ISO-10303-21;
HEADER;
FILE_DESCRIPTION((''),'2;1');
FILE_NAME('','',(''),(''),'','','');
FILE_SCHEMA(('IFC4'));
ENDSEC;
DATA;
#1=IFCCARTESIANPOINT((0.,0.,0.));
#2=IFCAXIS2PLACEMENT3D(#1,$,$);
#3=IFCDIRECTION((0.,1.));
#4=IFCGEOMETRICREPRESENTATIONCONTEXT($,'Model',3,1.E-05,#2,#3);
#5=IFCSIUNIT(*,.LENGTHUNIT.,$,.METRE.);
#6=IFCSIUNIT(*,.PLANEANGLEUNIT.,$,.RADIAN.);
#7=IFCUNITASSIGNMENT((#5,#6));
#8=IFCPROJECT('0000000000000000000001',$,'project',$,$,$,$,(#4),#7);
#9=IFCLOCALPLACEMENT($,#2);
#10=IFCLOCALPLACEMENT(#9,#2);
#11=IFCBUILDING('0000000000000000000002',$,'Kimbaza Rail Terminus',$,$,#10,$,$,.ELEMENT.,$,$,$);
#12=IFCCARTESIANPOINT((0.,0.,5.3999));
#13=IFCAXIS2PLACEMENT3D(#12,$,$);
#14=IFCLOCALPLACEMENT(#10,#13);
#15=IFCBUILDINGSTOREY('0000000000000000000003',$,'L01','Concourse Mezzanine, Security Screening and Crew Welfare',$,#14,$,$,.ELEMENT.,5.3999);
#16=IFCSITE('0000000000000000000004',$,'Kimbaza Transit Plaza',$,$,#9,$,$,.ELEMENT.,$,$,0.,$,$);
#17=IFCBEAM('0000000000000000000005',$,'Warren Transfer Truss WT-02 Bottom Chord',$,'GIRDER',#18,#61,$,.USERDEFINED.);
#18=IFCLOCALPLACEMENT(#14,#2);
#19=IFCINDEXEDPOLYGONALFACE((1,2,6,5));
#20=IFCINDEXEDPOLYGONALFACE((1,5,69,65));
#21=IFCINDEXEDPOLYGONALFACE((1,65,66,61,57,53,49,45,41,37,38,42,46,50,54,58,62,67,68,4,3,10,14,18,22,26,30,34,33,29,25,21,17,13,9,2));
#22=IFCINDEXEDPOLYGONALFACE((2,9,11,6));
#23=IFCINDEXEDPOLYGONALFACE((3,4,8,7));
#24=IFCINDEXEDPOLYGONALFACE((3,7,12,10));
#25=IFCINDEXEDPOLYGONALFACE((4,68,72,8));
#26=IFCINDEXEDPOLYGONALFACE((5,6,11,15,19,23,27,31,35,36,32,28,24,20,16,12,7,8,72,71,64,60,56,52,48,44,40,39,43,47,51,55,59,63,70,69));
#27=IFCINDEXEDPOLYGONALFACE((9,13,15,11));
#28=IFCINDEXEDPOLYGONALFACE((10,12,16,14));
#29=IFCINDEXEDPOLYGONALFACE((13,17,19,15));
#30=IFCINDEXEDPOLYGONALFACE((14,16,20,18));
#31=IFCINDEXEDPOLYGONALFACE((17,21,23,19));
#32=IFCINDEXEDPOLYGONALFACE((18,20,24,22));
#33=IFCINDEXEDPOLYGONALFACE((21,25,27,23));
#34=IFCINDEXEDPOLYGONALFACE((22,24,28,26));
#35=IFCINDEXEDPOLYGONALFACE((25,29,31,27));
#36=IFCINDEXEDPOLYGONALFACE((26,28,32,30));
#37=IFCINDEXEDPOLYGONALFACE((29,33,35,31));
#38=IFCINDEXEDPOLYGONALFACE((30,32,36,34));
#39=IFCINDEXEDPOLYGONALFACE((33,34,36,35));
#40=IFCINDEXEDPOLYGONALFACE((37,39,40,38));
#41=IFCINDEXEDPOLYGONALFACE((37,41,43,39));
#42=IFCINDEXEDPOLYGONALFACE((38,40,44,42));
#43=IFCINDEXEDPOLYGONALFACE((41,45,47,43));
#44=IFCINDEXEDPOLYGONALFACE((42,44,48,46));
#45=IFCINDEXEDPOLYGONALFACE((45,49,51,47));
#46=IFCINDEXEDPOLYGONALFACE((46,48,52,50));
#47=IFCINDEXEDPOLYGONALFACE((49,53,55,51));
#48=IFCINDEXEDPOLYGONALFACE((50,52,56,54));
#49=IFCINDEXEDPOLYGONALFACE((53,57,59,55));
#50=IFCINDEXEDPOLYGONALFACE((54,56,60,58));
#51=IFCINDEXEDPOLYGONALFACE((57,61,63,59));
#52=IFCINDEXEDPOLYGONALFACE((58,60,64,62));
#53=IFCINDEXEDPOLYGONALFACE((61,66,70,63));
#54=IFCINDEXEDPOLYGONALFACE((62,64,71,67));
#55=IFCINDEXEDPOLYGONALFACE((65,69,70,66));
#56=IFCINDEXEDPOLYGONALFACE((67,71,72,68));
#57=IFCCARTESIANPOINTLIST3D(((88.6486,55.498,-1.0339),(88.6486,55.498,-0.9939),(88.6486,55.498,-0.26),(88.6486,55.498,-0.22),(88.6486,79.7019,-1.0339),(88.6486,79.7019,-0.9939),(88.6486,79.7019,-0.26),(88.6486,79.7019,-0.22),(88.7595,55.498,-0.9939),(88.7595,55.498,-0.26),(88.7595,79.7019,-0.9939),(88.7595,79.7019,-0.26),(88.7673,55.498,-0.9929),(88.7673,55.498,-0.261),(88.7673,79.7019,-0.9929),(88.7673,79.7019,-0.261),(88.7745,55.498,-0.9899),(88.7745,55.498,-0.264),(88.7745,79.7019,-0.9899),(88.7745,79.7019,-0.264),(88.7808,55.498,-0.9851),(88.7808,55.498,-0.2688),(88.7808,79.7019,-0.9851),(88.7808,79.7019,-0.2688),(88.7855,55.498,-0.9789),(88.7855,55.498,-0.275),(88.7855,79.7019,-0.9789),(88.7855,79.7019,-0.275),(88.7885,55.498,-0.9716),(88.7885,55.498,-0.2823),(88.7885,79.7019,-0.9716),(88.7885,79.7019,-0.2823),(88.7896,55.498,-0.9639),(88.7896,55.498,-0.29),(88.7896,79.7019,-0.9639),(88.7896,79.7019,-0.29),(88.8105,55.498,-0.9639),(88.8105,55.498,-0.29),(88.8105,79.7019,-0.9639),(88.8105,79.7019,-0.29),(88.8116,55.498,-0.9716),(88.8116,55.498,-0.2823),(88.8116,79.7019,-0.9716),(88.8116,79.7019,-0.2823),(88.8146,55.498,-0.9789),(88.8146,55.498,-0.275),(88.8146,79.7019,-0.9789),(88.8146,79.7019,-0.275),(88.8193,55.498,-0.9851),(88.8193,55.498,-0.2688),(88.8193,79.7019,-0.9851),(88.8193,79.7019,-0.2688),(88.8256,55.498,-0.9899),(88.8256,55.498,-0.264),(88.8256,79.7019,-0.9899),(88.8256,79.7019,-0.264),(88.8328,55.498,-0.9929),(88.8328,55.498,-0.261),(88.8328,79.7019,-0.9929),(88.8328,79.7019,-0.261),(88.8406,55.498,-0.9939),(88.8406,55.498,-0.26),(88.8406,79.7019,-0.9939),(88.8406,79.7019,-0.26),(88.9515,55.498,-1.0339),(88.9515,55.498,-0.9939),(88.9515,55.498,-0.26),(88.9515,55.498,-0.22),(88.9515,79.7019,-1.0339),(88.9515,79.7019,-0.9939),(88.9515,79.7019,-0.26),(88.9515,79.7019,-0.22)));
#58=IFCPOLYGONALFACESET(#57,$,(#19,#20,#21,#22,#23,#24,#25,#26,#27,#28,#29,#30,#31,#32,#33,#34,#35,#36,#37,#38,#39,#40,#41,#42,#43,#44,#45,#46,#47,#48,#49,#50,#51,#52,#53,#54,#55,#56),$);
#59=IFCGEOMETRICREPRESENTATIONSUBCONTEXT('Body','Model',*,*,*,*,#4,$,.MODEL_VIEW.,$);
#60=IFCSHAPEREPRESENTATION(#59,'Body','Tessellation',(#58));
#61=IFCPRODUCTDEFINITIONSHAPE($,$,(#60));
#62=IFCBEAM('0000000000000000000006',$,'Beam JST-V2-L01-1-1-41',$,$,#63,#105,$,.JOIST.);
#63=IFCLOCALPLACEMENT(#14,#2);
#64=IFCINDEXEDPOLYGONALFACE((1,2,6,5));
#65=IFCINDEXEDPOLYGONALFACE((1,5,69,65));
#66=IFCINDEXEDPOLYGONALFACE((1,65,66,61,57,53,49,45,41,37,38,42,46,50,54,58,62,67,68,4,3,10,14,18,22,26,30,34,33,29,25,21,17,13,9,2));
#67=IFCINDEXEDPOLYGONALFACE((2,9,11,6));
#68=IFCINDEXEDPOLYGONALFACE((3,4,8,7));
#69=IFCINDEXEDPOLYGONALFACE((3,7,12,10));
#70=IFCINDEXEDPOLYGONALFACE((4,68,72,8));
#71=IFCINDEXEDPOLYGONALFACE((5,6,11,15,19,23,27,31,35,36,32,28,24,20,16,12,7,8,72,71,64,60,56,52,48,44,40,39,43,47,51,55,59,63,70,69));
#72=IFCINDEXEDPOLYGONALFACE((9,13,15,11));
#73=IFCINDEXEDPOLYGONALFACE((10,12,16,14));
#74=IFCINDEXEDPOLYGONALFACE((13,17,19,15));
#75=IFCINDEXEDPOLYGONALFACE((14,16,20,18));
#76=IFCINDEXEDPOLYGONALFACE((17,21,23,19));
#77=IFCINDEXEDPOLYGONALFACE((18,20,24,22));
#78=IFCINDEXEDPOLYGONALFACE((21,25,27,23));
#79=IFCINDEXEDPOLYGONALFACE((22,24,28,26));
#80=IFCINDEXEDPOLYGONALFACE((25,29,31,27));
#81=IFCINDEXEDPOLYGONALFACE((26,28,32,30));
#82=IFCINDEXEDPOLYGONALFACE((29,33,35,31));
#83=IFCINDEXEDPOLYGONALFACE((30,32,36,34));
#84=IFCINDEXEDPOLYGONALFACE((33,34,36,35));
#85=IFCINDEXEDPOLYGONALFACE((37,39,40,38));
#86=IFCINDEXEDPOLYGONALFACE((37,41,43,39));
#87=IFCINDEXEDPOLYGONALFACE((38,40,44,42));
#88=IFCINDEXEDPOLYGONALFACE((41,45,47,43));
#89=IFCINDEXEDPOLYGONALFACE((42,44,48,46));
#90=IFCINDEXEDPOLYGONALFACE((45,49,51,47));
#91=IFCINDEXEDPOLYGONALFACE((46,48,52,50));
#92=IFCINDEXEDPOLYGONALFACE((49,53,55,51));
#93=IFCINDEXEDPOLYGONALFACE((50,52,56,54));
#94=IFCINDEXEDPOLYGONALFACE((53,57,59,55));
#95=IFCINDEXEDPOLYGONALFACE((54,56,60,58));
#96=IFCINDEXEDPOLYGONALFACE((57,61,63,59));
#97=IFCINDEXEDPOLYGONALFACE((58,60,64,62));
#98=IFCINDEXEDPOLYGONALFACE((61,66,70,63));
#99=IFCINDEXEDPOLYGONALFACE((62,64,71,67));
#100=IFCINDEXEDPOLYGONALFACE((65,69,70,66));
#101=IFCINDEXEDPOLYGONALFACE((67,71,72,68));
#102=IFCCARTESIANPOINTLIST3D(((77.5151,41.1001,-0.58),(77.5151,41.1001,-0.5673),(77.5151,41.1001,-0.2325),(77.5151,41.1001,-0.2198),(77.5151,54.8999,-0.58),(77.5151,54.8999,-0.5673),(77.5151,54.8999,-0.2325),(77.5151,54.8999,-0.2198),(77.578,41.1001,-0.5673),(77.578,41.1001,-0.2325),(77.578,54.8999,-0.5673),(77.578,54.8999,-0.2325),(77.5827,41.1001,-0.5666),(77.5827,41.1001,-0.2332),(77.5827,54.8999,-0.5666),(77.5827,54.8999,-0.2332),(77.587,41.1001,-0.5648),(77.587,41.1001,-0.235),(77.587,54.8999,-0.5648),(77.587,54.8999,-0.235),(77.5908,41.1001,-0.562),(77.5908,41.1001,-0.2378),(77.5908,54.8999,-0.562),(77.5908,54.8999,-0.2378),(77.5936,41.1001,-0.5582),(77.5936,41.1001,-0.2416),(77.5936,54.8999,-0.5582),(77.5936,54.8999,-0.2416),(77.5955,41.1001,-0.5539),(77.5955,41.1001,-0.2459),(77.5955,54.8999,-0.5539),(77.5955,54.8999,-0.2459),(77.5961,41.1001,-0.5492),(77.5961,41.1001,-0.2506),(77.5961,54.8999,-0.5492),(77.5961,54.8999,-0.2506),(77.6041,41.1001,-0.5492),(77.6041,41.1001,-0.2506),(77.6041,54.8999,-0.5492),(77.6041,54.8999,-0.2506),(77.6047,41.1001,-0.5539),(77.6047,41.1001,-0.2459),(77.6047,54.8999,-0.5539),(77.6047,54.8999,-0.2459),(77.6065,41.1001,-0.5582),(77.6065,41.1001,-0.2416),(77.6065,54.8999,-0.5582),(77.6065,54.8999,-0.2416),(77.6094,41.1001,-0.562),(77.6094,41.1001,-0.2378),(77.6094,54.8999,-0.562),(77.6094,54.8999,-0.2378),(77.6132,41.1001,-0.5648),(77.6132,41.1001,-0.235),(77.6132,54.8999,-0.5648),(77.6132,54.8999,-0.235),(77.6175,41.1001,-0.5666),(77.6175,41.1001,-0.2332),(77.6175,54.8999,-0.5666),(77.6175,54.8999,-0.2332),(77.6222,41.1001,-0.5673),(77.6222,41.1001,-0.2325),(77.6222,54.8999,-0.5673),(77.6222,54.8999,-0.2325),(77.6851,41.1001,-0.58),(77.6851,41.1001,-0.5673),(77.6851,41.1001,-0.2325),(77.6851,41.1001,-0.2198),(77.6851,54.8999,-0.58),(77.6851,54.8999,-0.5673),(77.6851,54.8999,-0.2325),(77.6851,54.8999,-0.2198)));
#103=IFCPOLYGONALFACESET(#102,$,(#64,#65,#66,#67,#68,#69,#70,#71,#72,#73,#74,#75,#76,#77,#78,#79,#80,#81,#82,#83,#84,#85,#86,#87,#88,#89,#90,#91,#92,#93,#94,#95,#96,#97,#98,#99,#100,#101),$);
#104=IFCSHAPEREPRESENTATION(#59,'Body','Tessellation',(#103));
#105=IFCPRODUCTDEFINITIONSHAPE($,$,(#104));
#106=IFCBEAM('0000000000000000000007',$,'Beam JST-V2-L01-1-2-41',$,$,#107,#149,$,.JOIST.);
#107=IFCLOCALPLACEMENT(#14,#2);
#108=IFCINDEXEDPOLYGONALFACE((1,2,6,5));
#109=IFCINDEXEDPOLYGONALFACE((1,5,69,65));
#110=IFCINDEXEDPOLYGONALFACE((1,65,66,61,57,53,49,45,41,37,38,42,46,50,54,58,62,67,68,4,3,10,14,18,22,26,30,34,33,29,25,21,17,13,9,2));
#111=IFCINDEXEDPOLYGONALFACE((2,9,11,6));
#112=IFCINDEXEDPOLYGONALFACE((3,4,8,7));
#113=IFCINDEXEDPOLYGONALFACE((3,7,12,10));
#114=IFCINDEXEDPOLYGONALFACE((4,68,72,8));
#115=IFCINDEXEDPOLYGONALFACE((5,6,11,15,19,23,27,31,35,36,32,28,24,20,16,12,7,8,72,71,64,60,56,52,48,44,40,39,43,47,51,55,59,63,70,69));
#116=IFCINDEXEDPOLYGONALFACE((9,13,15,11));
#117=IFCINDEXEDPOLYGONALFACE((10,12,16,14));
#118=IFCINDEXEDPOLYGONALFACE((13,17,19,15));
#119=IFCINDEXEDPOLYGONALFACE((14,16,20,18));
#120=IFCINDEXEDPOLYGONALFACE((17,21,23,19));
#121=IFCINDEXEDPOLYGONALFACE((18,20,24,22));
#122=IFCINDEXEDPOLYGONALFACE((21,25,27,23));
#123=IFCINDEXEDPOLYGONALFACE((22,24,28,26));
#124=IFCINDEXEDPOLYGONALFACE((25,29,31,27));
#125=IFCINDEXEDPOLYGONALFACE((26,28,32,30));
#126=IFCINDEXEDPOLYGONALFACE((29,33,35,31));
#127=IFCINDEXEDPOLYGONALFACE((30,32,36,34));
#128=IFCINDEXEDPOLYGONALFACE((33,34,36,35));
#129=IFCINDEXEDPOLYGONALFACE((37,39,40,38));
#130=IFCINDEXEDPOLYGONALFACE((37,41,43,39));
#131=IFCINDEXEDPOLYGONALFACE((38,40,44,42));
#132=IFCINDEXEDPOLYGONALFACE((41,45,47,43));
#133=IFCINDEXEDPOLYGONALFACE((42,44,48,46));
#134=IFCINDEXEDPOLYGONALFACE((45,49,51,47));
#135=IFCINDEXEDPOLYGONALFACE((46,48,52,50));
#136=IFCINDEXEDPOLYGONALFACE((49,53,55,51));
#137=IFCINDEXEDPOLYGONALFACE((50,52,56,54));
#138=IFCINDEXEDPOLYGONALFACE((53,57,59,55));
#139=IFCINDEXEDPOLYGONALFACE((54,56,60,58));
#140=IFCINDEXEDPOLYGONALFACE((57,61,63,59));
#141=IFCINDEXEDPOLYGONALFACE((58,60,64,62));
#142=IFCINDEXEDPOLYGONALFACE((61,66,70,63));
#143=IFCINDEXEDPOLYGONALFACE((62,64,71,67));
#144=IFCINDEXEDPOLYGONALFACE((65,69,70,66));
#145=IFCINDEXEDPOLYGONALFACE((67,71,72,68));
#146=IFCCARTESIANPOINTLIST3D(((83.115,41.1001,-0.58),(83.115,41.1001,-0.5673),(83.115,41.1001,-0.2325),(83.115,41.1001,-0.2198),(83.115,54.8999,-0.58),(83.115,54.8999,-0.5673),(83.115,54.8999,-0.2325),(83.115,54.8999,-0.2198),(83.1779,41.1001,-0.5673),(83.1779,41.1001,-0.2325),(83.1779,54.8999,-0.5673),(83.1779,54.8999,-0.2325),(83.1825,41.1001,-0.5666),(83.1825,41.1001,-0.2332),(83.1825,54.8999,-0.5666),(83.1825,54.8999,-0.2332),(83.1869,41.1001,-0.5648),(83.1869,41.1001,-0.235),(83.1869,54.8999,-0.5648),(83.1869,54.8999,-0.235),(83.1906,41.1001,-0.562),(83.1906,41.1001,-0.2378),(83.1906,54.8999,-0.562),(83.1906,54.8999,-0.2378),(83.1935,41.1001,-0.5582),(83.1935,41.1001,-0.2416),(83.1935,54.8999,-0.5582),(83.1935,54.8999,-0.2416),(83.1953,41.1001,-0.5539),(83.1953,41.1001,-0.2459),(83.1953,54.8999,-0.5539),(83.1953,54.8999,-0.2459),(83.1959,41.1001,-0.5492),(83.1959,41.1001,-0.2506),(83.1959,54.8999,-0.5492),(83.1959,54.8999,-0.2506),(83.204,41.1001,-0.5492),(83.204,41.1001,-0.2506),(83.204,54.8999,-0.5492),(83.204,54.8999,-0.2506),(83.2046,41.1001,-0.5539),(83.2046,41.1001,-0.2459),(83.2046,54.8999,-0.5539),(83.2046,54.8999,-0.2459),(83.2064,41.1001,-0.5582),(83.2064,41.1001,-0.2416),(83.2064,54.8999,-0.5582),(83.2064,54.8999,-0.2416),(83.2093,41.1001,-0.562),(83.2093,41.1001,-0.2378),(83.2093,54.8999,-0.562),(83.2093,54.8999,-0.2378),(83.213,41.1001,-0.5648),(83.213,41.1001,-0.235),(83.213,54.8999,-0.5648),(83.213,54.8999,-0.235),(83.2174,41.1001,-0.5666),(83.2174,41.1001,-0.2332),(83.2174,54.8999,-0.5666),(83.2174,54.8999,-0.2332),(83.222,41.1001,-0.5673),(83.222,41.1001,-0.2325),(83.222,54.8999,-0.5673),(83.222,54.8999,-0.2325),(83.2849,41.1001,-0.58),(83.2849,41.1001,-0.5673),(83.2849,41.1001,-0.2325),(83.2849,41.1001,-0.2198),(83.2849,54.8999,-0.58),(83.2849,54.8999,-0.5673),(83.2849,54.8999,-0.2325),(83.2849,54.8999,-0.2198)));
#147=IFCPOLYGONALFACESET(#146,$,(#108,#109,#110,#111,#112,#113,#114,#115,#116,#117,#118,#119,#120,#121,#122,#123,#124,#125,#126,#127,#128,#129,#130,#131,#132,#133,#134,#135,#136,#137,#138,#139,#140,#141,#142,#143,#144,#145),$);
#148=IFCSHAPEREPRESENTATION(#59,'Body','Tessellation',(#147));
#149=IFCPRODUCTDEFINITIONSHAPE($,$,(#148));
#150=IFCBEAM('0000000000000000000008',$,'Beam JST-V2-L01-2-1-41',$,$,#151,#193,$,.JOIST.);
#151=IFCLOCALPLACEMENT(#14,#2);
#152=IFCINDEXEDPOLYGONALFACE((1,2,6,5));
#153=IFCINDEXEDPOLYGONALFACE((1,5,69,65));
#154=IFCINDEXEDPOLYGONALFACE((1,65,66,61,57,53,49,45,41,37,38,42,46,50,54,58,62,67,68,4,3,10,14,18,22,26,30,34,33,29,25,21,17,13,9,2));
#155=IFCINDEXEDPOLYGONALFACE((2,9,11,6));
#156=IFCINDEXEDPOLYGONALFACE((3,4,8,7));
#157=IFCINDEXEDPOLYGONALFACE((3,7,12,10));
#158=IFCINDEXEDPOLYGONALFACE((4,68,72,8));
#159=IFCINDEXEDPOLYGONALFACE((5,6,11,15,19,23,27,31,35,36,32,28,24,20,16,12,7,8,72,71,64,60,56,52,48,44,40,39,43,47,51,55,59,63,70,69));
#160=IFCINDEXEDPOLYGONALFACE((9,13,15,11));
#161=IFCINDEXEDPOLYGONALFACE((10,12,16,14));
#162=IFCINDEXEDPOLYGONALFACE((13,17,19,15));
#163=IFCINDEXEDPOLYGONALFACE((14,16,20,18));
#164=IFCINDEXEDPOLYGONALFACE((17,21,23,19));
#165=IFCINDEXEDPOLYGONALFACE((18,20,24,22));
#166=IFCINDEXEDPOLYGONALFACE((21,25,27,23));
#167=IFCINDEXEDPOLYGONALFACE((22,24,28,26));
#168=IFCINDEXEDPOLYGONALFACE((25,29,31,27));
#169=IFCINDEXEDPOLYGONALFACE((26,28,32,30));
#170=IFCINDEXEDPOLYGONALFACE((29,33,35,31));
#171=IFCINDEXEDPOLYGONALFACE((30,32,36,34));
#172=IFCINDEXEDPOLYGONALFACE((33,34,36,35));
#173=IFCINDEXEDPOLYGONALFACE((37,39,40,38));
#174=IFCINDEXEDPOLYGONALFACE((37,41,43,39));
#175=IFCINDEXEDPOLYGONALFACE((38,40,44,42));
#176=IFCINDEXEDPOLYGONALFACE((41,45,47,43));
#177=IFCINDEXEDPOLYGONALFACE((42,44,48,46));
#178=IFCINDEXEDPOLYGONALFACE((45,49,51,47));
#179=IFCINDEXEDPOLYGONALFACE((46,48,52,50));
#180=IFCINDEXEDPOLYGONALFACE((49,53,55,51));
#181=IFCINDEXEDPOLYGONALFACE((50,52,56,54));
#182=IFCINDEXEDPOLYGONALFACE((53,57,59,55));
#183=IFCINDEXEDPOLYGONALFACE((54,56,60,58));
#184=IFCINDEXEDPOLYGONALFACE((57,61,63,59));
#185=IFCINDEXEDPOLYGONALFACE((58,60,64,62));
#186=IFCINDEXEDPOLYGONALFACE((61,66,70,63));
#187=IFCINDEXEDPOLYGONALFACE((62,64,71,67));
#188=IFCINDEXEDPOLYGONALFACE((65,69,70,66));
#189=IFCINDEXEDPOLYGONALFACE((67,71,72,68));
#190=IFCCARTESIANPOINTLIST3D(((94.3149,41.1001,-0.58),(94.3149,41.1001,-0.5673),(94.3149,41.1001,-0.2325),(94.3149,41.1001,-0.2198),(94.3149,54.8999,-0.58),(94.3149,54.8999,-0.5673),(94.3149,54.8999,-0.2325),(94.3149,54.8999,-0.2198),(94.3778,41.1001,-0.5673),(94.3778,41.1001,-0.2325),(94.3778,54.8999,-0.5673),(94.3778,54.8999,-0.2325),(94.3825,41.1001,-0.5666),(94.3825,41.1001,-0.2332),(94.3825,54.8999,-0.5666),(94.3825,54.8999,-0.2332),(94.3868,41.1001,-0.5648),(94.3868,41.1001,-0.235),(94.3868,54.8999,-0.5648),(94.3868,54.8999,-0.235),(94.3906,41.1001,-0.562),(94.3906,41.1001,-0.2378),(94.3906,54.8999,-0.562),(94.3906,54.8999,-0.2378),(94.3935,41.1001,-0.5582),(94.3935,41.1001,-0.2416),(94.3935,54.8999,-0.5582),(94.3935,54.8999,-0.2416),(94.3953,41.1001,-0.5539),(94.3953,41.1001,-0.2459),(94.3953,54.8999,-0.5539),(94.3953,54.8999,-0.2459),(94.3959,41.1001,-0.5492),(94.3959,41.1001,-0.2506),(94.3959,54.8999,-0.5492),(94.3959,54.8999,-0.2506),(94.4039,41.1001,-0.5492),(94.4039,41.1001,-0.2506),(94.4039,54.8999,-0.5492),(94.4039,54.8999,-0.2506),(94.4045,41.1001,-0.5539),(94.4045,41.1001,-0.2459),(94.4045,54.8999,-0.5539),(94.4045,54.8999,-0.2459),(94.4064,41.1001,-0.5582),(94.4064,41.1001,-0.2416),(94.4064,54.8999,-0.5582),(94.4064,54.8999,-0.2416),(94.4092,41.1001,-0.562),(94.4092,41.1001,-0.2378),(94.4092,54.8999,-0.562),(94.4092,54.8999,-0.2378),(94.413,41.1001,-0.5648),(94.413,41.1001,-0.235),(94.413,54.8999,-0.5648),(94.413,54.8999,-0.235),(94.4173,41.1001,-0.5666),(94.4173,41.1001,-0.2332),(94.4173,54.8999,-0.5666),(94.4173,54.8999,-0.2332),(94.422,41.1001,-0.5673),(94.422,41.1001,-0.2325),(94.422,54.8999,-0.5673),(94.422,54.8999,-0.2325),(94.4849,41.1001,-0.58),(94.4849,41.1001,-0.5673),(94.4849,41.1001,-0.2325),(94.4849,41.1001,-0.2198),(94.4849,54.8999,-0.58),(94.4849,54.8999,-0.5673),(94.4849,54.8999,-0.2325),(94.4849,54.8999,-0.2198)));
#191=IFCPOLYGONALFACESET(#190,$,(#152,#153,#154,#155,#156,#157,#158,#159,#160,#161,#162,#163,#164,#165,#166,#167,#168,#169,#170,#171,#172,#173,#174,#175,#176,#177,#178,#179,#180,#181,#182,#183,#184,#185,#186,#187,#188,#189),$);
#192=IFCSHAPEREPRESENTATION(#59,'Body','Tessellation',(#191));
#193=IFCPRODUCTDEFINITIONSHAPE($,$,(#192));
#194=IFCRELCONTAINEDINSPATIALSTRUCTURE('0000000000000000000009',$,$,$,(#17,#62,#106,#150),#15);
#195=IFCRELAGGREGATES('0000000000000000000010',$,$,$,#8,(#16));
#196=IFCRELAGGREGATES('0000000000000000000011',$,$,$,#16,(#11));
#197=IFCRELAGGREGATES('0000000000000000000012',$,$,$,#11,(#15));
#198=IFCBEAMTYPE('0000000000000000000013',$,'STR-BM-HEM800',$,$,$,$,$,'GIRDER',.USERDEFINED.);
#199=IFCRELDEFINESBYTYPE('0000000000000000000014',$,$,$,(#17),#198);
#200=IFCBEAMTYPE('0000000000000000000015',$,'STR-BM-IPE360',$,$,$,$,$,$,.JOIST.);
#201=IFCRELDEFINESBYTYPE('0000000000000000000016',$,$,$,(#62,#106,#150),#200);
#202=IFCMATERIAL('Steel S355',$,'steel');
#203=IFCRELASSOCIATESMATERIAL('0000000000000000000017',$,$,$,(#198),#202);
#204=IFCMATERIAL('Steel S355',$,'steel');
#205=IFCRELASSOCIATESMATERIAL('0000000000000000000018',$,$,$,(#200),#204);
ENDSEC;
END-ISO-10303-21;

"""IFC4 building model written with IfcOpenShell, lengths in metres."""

from ifc_helpers import new_model, si_unit, direction, frame, origin, origin_2d, place, context, subcontext, project, spatial, i_section, extrude, material, material_profile, profile_set, type_object, element, save


model = new_model("IFC4")

# Units and contexts
model_context = context("Model", 3, precision=1e-05, world=origin(), true_north=direction((0.0, 1.0)))
body_context = subcontext(model_context, "Body", "Model", "MODEL_VIEW")
ifc_project = project(units=[si_unit("LENGTHUNIT", "METRE"), si_unit("PLANEANGLEUNIT", "RADIAN")], contexts=[model_context])

# Site, building, storey
site_placement = place(None, origin())
site = spatial("IfcSite", under=ifc_project, at=site_placement, Name="Kimbaza Transit Plaza", CompositionType="ELEMENT", RefElevation=0.0)
building_placement = place(site_placement, origin())
building = spatial("IfcBuilding", under=site, at=building_placement, Name="Kimbaza Rail Terminus", CompositionType="ELEMENT")
storey_placement = place(building_placement, frame((0.0, 0.0, 5.3999)))
storey = spatial("IfcBuildingStorey", under=building, at=storey_placement, Name="L01", Description="Concourse Mezzanine, Security Screening and Crew Welfare", CompositionType="ELEMENT", Elevation=5.3999)

# Beams
ifc_material_1 = material(Name="Steel S355", Category="steel")
ifc_material_profile_1 = material_profile(ifc_material_1, i_section(OverallWidth=0.303, OverallDepth=0.814, WebThickness=0.021, FlangeThickness=0.04, FilletRadius=0.03, at=origin_2d()), Name="HEM 800")
ifc_profile_set_1 = profile_set([ifc_material_profile_1], Name="Steel S355")
beam_type_1 = type_object("IfcBeamType", Name="STR-BM-HEM800", ElementType="GIRDER", PredefinedType="USERDEFINED", material=ifc_profile_set_1)
beam_1_placement = place(storey_placement, frame((88.8, 55.498, -0.627), z_axis=(0.0, 1.0, 0.0), x_axis=(-1.0, 0.0, 0.0)))
element("IfcBeam", 1, at=beam_1_placement, inside=storey, type_object=beam_type_1, Name="Warren Transfer Truss WT-02 Bottom Chord", ObjectType="GIRDER", PredefinedType="USERDEFINED", context=body_context, shape_type="SweptSolid", body=[
    extrude(i_section(OverallWidth=0.303, OverallDepth=0.814, WebThickness=0.021, FlangeThickness=0.04, FilletRadius=0.03, at=origin_2d()), origin(), (0.0, 0.0, 1.0), 24.2039),
])
ifc_material_2 = material(Name="Steel S355", Category="steel")
ifc_material_profile_2 = material_profile(ifc_material_2, i_section(OverallWidth=0.1699, OverallDepth=0.3601, WebThickness=0.0081, FlangeThickness=0.0127, FilletRadius=0.0181, at=origin_2d()), Name="IPE 360")
ifc_profile_set_2 = profile_set([ifc_material_profile_2], Name="Steel S355")
beam_type_2 = type_object("IfcBeamType", Name="STR-BM-IPE360", PredefinedType="JOIST", material=ifc_profile_set_2)
for number, where, z_axis, x_axis, name in (
    (2, (77.6001, 41.1001, -0.3999), (0.0, 1.0, 0.0), (-1.0, 0.0, 0.0), "Beam JST-V2-L01-1-1-41"),
    (3, (83.2, 41.1001, -0.3999), (0.0, 1.0, 0.0), (-1.0, 0.0, 0.0), "Beam JST-V2-L01-1-2-41"),
    (4, (94.3999, 41.1001, -0.3999), (0.0, 1.0, 0.0), (-1.0, 0.0, 0.0), "Beam JST-V2-L01-2-1-41"),
):
    element("IfcBeam", number, at=place(storey_placement, frame(where, z_axis=z_axis, x_axis=x_axis)), inside=storey, type_object=beam_type_2, Name=name, PredefinedType="JOIST", context=body_context, shape_type="SweptSolid", body=[
        extrude(i_section(OverallWidth=0.1699, OverallDepth=0.3601, WebThickness=0.0081, FlangeThickness=0.0127, FilletRadius=0.0181, at=origin_2d()), origin(), (0.0, 0.0, 1.0), 13.7998),
    ])

save(model, "model.ifc")
